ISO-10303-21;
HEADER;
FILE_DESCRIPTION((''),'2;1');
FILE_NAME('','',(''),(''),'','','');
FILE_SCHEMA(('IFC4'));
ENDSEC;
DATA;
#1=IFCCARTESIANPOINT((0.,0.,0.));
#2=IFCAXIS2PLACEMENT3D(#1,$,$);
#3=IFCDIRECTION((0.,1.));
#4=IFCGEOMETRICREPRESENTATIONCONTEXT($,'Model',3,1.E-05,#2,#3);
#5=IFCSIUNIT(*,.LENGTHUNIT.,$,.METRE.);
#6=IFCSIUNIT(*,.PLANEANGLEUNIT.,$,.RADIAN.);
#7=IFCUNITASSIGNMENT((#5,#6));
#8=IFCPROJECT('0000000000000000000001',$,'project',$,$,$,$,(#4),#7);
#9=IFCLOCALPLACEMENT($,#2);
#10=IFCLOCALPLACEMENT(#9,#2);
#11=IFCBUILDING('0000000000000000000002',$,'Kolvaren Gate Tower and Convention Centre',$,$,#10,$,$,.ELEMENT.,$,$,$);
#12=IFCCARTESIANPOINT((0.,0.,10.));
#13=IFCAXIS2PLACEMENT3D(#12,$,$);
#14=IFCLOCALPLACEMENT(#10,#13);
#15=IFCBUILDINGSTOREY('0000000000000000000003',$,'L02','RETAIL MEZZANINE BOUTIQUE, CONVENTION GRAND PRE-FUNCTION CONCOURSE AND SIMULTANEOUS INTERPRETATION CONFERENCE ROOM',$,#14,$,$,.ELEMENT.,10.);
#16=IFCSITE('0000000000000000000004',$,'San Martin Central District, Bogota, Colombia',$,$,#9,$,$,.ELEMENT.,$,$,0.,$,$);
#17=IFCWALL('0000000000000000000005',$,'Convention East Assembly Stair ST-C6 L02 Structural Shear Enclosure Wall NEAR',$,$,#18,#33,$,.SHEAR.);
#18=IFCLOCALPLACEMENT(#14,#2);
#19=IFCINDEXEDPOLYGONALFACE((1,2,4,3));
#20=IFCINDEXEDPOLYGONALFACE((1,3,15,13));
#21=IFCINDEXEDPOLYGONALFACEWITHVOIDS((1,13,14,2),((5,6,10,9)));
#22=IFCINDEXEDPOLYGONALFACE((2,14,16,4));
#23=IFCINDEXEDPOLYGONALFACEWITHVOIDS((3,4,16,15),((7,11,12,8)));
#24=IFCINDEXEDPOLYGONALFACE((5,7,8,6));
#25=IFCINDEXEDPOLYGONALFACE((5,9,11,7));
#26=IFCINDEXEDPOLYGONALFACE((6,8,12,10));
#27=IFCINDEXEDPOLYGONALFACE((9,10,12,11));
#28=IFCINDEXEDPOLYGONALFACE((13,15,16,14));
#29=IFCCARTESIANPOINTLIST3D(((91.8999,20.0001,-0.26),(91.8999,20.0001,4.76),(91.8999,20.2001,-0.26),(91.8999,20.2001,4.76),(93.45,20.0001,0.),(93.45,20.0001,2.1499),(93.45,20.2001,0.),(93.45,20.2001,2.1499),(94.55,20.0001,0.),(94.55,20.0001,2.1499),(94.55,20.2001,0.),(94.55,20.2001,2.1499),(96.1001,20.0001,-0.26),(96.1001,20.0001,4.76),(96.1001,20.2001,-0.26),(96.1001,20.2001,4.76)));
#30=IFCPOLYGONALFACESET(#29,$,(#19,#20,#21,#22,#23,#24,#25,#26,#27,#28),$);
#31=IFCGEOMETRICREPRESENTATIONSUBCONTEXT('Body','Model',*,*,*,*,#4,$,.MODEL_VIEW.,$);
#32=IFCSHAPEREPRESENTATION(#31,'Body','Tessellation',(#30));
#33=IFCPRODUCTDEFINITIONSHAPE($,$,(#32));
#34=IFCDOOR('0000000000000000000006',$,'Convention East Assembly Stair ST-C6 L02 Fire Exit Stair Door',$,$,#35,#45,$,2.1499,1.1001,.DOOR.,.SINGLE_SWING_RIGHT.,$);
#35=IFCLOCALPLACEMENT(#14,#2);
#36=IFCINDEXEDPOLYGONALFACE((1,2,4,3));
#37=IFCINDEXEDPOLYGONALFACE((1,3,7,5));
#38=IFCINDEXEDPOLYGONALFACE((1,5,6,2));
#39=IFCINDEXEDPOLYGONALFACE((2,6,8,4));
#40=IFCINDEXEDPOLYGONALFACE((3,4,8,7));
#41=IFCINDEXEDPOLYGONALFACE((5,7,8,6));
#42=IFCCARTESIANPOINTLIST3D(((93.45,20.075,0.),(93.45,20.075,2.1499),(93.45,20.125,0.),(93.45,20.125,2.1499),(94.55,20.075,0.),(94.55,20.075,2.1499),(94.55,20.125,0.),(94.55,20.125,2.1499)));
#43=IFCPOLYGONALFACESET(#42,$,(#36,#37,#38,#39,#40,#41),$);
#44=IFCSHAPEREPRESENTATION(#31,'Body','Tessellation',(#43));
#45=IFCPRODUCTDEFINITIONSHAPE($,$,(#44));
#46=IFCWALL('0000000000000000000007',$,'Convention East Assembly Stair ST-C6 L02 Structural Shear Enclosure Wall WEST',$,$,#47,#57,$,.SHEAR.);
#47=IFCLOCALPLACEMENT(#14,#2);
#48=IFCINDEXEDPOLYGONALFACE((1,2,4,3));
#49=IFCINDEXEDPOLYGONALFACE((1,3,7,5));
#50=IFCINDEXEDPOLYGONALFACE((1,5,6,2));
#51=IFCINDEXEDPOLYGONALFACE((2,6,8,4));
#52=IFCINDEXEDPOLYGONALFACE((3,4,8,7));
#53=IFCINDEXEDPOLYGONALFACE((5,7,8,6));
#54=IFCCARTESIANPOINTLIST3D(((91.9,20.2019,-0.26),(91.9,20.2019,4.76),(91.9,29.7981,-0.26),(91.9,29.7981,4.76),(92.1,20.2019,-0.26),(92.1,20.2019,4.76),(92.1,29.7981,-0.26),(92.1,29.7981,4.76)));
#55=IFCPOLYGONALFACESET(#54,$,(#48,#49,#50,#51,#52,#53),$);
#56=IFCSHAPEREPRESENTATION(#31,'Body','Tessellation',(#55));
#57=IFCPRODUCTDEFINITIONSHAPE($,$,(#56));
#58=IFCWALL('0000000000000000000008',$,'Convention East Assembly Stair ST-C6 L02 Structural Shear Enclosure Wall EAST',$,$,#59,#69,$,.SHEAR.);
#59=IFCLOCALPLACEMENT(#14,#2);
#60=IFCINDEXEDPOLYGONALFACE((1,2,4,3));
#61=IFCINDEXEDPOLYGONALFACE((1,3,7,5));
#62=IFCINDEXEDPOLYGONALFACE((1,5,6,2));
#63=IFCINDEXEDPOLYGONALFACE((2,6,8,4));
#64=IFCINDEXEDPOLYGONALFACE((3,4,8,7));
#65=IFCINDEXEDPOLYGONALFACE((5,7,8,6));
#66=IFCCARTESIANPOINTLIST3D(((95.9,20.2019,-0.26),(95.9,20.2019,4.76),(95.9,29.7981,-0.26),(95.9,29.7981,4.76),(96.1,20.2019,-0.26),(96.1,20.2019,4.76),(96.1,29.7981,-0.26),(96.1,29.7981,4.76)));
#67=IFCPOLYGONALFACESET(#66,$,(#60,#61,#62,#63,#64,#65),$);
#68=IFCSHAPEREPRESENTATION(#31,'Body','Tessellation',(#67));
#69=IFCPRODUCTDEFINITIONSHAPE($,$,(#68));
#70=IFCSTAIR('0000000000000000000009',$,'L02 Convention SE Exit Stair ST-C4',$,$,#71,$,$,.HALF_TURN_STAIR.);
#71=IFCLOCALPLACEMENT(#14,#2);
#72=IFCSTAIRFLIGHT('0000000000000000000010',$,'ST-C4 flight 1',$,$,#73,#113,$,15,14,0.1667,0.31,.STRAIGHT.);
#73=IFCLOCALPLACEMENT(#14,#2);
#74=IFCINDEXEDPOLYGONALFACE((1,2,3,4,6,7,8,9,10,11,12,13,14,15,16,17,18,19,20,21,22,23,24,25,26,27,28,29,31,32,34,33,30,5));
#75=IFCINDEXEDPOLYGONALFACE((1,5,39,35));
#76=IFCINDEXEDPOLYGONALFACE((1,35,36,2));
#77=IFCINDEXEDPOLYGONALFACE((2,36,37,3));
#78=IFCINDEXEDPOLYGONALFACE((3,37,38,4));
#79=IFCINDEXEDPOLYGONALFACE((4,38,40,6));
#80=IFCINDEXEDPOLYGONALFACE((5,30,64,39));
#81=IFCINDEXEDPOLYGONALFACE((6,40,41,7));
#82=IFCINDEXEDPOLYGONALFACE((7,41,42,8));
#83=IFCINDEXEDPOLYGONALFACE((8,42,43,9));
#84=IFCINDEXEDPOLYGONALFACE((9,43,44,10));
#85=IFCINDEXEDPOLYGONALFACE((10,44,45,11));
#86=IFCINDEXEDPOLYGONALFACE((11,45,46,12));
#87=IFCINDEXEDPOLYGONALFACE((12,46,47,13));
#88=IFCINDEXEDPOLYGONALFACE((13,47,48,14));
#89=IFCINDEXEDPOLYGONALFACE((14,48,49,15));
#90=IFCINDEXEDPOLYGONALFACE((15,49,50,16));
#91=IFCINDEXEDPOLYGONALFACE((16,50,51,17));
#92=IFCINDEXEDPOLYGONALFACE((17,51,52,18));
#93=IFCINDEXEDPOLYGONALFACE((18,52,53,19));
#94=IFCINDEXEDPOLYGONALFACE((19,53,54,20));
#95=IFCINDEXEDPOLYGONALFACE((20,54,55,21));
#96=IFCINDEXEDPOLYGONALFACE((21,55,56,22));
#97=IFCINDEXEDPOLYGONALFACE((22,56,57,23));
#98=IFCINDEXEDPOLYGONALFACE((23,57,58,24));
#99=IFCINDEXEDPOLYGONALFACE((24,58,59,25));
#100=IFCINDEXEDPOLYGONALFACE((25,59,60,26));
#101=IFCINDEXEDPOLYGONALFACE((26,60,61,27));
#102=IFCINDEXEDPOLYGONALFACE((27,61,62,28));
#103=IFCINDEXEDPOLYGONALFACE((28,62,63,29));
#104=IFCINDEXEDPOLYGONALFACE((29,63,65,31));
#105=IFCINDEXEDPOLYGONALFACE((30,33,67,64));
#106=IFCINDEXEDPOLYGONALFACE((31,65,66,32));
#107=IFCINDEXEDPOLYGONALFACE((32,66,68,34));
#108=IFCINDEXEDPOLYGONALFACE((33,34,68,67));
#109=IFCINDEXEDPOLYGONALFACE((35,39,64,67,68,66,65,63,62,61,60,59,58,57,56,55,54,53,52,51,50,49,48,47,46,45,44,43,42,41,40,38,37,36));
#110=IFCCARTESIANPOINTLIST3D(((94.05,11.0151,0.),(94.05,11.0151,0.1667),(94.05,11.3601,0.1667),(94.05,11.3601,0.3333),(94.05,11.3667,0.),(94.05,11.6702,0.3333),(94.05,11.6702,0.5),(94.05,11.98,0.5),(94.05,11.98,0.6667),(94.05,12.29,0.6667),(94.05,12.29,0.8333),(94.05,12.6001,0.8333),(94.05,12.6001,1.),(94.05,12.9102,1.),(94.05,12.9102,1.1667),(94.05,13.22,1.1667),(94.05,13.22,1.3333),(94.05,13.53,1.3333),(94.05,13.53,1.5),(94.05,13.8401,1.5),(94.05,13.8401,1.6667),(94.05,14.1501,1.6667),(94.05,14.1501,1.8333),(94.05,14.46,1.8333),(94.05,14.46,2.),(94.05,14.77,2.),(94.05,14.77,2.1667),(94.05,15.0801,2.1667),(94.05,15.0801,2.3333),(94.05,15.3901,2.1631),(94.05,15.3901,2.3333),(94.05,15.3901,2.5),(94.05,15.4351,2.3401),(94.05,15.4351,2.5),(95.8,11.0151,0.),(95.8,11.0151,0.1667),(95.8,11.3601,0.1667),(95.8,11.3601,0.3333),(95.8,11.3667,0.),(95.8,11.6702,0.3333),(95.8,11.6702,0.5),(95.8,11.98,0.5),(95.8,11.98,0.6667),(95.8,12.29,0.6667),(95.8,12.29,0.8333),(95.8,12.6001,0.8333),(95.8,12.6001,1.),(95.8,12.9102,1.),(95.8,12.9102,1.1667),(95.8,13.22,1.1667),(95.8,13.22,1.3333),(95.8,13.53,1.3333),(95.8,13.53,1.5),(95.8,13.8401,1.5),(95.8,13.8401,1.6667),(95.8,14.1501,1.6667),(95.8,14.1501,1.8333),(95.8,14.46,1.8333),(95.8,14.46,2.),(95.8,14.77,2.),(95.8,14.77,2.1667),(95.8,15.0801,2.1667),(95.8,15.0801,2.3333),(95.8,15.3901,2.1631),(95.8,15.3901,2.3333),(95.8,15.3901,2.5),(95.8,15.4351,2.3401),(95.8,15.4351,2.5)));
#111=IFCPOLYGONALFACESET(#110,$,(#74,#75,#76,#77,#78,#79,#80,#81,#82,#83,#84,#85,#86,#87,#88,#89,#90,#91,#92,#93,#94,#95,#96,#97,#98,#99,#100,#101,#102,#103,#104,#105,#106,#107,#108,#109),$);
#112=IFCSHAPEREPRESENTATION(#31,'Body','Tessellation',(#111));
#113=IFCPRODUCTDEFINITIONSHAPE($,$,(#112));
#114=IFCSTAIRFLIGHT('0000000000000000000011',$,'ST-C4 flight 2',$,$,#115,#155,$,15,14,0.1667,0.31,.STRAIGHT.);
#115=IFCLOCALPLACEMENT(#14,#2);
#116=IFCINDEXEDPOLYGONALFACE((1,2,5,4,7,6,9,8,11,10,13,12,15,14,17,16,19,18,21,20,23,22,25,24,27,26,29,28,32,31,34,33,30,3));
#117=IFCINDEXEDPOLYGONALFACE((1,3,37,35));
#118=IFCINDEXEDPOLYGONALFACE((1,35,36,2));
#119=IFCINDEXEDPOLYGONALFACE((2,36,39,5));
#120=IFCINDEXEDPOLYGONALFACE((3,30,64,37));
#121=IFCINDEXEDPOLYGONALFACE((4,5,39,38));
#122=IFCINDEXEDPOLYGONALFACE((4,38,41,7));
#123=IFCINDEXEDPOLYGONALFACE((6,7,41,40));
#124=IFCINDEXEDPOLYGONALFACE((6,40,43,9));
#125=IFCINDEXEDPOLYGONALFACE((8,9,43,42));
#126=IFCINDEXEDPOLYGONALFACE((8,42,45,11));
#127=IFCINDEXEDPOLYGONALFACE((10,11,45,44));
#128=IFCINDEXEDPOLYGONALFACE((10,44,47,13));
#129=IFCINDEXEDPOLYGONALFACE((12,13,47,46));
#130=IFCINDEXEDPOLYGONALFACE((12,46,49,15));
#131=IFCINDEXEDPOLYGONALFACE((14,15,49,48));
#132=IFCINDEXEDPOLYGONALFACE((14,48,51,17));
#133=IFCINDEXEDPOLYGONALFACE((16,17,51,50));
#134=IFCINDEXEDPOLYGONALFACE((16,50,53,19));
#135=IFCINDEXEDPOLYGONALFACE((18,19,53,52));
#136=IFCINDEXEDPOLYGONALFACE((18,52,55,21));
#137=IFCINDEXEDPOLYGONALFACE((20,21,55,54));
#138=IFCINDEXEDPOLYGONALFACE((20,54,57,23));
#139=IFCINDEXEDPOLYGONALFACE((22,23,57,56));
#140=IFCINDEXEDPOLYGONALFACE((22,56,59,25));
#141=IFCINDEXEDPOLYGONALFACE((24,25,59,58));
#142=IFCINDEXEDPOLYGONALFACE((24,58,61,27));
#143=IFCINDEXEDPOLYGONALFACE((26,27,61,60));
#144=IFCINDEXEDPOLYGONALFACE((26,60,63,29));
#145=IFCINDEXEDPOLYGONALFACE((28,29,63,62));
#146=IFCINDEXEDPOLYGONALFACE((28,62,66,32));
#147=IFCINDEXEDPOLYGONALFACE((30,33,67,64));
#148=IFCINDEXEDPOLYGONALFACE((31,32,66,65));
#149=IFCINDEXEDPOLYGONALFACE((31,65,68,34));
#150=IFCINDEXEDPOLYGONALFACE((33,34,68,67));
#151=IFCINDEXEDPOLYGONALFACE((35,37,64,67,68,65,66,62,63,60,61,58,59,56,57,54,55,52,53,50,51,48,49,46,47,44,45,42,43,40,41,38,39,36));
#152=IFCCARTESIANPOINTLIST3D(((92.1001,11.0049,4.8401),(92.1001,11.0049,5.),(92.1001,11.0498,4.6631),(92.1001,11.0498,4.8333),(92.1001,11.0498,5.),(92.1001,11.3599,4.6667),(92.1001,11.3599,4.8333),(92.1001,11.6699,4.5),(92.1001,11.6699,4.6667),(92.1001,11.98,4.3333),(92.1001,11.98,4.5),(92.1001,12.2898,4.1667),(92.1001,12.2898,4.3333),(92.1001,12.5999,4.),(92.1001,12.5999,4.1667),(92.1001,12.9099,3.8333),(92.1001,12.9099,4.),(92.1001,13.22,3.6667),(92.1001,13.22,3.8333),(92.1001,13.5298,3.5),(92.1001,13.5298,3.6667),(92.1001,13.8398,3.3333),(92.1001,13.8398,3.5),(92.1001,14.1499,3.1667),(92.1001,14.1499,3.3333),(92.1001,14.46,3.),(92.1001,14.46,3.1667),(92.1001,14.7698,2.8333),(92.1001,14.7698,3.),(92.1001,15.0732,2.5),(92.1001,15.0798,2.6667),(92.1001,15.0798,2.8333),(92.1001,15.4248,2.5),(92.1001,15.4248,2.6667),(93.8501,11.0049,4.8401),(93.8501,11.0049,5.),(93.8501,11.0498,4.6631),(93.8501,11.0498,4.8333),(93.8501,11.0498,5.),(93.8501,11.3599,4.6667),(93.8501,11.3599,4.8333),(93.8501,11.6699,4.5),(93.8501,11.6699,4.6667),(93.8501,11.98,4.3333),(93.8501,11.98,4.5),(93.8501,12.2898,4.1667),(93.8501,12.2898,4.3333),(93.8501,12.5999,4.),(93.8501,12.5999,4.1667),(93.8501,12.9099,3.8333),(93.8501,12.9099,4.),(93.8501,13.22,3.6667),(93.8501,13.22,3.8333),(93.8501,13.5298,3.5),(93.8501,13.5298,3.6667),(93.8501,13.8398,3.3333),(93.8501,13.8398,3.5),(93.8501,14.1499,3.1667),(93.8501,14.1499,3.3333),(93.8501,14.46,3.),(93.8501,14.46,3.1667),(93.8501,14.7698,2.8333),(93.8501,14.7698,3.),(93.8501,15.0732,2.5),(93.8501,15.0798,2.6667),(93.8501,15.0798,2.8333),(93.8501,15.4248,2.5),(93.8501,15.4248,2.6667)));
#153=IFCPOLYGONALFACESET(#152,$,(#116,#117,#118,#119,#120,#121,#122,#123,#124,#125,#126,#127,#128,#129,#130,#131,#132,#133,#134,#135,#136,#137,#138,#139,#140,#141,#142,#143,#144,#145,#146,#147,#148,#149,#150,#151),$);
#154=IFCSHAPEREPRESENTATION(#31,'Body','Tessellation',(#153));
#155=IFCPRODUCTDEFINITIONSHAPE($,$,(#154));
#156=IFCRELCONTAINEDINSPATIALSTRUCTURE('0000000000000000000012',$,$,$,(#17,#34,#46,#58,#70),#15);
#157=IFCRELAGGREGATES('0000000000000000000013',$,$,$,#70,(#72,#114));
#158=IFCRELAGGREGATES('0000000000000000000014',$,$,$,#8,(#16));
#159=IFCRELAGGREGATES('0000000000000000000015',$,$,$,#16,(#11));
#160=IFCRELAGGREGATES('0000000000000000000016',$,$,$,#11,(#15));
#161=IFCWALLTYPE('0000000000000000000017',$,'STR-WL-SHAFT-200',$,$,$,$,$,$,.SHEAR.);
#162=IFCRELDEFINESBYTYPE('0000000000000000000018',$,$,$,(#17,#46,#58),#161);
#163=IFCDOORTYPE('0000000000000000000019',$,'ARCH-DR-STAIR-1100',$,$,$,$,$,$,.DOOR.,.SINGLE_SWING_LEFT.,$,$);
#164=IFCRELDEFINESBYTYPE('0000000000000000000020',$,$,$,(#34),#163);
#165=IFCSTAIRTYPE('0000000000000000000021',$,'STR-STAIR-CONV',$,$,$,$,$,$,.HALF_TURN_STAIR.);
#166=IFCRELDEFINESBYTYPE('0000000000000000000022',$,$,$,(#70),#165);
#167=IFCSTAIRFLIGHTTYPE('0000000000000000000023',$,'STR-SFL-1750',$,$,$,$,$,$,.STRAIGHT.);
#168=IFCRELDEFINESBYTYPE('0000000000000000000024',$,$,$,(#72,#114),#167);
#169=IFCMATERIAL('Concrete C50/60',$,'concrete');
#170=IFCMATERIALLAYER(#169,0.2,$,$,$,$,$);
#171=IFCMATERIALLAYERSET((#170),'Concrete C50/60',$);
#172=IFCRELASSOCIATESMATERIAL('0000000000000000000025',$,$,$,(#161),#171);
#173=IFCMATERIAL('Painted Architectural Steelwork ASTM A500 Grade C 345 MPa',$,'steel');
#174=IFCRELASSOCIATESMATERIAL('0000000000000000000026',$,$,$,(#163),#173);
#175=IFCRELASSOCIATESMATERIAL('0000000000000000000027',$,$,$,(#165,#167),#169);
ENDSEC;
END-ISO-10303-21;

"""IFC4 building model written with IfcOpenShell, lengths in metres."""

from ifc_helpers import new_model, si_unit, direction, frame, frame_2d, origin, place, context, subcontext, project, spatial, polyline, rectangle, outline, extrude, material, layer, layer_set, type_object, element, fill, aggregate, save


model = new_model("IFC4")

# Units and contexts
model_context = context("Model", 3, precision=1e-05, world=origin(), true_north=direction((0.0, 1.0)))
body_context = subcontext(model_context, "Body", "Model", "MODEL_VIEW")
ifc_project = project(units=[si_unit("LENGTHUNIT", "METRE"), si_unit("PLANEANGLEUNIT", "RADIAN")], contexts=[model_context])

# Site, building, storey
site_placement = place(None, origin())
site = spatial("IfcSite", under=ifc_project, at=site_placement, Name="San Martin Central District, Bogota, Colombia", CompositionType="ELEMENT", RefElevation=0.0)
building_placement = place(site_placement, origin())
building = spatial("IfcBuilding", under=site, at=building_placement, Name="Kolvaren Gate Tower and Convention Centre", CompositionType="ELEMENT")
storey_placement = place(building_placement, frame((0.0, 0.0, 10.0)))
storey = spatial("IfcBuildingStorey", under=building, at=storey_placement, Name="L02", Description="RETAIL MEZZANINE BOUTIQUE, CONVENTION GRAND PRE-FUNCTION CONCOURSE AND SIMULTANEOUS INTERPRETATION CONFERENCE ROOM", CompositionType="ELEMENT", Elevation=10.0)

# Shared definitions
ifc_material_1 = material(Name="Painted Architectural Steelwork ASTM A500 Grade C 345 MPa", Category="steel")

# Shared definitions
ifc_material_2 = material(Name="Concrete C50/60", Category="concrete")
ifc_layer_1 = layer(ifc_material_2, 0.2)
ifc_layer_set_1 = layer_set([ifc_layer_1], Name="Concrete C50/60")
wall_type_1 = type_object("IfcWallType", Name="STR-WL-SHAFT-200", PredefinedType="SHEAR", material=ifc_layer_set_1)

# Wall, opening, door
wall_1_placement = place(storey_placement, frame((91.8999, 20.1001, -0.26), z_axis=(0.0, 0.0, 1.0), x_axis=(1.0, 0.0, 0.0)))
wall_1 = element("IfcWall", 1, at=wall_1_placement, inside=storey, type_object=wall_type_1, Name="Convention East Assembly Stair ST-C6 L02 Structural Shear Enclosure Wall NEAR", PredefinedType="SHEAR", context=body_context, shape_type="SweptSolid", body=[
    extrude(rectangle(XDim=4.2002, YDim=0.2, at=frame_2d((2.1001, 0.0))), origin(), (0.0, 0.0, 1.0), 5.02),
])
opening_1_placement = place(wall_1_placement, frame((1.55, 0.0, 0.26)))
opening_1 = element("IfcOpeningElement", 2, at=opening_1_placement, cuts=wall_1, PredefinedType="OPENING", context=body_context, shape_type="SweptSolid", body=[
    extrude(rectangle(XDim=1.1001, YDim=2.1499, at=frame_2d((0.55, 1.075))), frame((0.0, 0.1099, 0.0), z_axis=(0.0, -1.0, 0.0), x_axis=(1.0, 0.0, 0.0)), (0.0, 0.0, 1.0), 0.22),
])
door_type_1 = type_object("IfcDoorType", Name="ARCH-DR-STAIR-1100", OperationType="SINGLE_SWING_LEFT", PredefinedType="DOOR", material=ifc_material_1)
door_1_placement = place(opening_1_placement, origin())
door_1 = element("IfcDoor", 3, at=door_1_placement, inside=storey, type_object=door_type_1, Name="Convention East Assembly Stair ST-C6 L02 Fire Exit Stair Door", OperationType="SINGLE_SWING_RIGHT", OverallHeight=2.1499, OverallWidth=1.1001, PredefinedType="DOOR", context=body_context, shape_type="SweptSolid", body=[
    extrude(rectangle(XDim=1.1001, YDim=2.1499, at=frame_2d((0.55, 1.075))), frame((0.0, 0.0249, 0.0), z_axis=(0.0, -1.0, 0.0), x_axis=(1.0, 0.0, 0.0)), (0.0, 0.0, 1.0), 0.05),
])
fill(opening_1, door_1)

# Walls
for number, where, z_axis, x_axis, name in (
    (4, (92.0, 20.2019, -0.26), (0.0, 0.0, 1.0), (0.0, 1.0, 0.0), "Convention East Assembly Stair ST-C6 L02 Structural Shear Enclosure Wall WEST"),
    (5, (96.0, 20.2019, -0.26), (0.0, 0.0, 1.0), (0.0, 1.0, 0.0), "Convention East Assembly Stair ST-C6 L02 Structural Shear Enclosure Wall EAST"),
):
    element("IfcWall", number, at=place(storey_placement, frame(where, z_axis=z_axis, x_axis=x_axis)), inside=storey, type_object=wall_type_1, Name=name, PredefinedType="SHEAR", context=body_context, shape_type="SweptSolid", body=[
        extrude(rectangle(XDim=9.5962, YDim=0.2, at=frame_2d((4.7981, 0.0))), origin(), (0.0, 0.0, 1.0), 5.02),
    ])

# Stair, stair flights
stair_type = type_object("IfcStairType", Name="STR-STAIR-CONV", PredefinedType="HALF_TURN_STAIR", material=ifc_material_2)
stair_1_placement = place(storey_placement, origin())
stair_1 = element("IfcStair", 6, at=stair_1_placement, inside=storey, type_object=stair_type, Name="L02 Convention SE Exit Stair ST-C4", PredefinedType="HALF_TURN_STAIR")
stair_flight_type = type_object("IfcStairFlightType", Name="STR-SFL-1750", PredefinedType="STRAIGHT", material=ifc_material_2)
stair_flight_1_placement = place(storey_placement, frame((94.925, 11.05, 0.0), z_axis=(0.0, 0.0, 1.0), x_axis=(0.0, 1.0, 0.0)))
stair_flight_1 = element("IfcStairFlight", 7, at=stair_flight_1_placement, type_object=stair_flight_type, Name="ST-C4 flight 1", NumberOfRisers=15, NumberOfTreads=14, PredefinedType="STRAIGHT", RiserHeight=0.1667, TreadLength=0.31, context=body_context, shape_type="SweptSolid", body=[
    extrude(outline(polyline([(-0.0349, 0.0), (-0.0349, 0.1667), (0.3101, 0.1667), (0.3101, 0.3333), (0.6201, 0.3333), (0.6201, 0.5), (0.9299, 0.5), (0.9299, 0.6667), (1.24, 0.6667), (1.24, 0.8333), (1.55, 0.8333), (1.55, 1.0), (1.8601, 1.0), (1.8601, 1.1667), (2.1699, 1.1667), (2.1699, 1.3333), (2.48, 1.3333), (2.48, 1.5), (2.79, 1.5), (2.79, 1.6667), (3.1001, 1.6667), (3.1001, 1.8333), (3.4099, 1.8333), (3.4099, 2.0), (3.72, 2.0), (3.72, 2.1667), (4.03, 2.1667), (4.03, 2.3333), (4.3401, 2.3333), (4.3401, 2.5), (4.385, 2.5), (4.385, 2.3401), (4.3401, 2.1631), (0.3167, 0.0), (-0.0349, 0.0)])), frame((0.0, 0.875, 0.0), z_axis=(0.0, -1.0, 0.0), x_axis=(1.0, 0.0, 0.0)), (0.0, 0.0, 1.0), 1.75),
])
stair_flight_2_placement = place(storey_placement, frame((92.9751, 15.3899, 2.5), z_axis=(0.0, 0.0, 1.0), x_axis=(0.0, -1.0, 0.0)))
stair_flight_2 = element("IfcStairFlight", 8, at=stair_flight_2_placement, type_object=stair_flight_type, Name="ST-C4 flight 2", NumberOfRisers=15, NumberOfTreads=14, PredefinedType="STRAIGHT", RiserHeight=0.1667, TreadLength=0.31, context=body_context, shape_type="SweptSolid", body=[
    extrude(outline(polyline([(-0.0349, 0.0), (-0.0349, 0.1667), (0.3101, 0.1667), (0.3101, 0.3333), (0.6201, 0.3333), (0.6201, 0.5), (0.9299, 0.5), (0.9299, 0.6667), (1.24, 0.6667), (1.24, 0.8333), (1.55, 0.8333), (1.55, 1.0), (1.8601, 1.0), (1.8601, 1.1667), (2.1699, 1.1667), (2.1699, 1.3333), (2.48, 1.3333), (2.48, 1.5), (2.79, 1.5), (2.79, 1.6667), (3.1001, 1.6667), (3.1001, 1.8333), (3.4099, 1.8333), (3.4099, 2.0), (3.72, 2.0), (3.72, 2.1667), (4.03, 2.1667), (4.03, 2.3333), (4.3401, 2.3333), (4.3401, 2.5), (4.385, 2.5), (4.385, 2.3401), (4.3401, 2.1631), (0.3167, 0.0), (-0.0349, 0.0)])), frame((0.0, 0.875, 0.0), z_axis=(0.0, -1.0, 0.0), x_axis=(1.0, 0.0, 0.0)), (0.0, 0.0, 1.0), 1.75),
])
aggregate(stair_1, [stair_flight_1, stair_flight_2])

save(model, "model.ifc")
